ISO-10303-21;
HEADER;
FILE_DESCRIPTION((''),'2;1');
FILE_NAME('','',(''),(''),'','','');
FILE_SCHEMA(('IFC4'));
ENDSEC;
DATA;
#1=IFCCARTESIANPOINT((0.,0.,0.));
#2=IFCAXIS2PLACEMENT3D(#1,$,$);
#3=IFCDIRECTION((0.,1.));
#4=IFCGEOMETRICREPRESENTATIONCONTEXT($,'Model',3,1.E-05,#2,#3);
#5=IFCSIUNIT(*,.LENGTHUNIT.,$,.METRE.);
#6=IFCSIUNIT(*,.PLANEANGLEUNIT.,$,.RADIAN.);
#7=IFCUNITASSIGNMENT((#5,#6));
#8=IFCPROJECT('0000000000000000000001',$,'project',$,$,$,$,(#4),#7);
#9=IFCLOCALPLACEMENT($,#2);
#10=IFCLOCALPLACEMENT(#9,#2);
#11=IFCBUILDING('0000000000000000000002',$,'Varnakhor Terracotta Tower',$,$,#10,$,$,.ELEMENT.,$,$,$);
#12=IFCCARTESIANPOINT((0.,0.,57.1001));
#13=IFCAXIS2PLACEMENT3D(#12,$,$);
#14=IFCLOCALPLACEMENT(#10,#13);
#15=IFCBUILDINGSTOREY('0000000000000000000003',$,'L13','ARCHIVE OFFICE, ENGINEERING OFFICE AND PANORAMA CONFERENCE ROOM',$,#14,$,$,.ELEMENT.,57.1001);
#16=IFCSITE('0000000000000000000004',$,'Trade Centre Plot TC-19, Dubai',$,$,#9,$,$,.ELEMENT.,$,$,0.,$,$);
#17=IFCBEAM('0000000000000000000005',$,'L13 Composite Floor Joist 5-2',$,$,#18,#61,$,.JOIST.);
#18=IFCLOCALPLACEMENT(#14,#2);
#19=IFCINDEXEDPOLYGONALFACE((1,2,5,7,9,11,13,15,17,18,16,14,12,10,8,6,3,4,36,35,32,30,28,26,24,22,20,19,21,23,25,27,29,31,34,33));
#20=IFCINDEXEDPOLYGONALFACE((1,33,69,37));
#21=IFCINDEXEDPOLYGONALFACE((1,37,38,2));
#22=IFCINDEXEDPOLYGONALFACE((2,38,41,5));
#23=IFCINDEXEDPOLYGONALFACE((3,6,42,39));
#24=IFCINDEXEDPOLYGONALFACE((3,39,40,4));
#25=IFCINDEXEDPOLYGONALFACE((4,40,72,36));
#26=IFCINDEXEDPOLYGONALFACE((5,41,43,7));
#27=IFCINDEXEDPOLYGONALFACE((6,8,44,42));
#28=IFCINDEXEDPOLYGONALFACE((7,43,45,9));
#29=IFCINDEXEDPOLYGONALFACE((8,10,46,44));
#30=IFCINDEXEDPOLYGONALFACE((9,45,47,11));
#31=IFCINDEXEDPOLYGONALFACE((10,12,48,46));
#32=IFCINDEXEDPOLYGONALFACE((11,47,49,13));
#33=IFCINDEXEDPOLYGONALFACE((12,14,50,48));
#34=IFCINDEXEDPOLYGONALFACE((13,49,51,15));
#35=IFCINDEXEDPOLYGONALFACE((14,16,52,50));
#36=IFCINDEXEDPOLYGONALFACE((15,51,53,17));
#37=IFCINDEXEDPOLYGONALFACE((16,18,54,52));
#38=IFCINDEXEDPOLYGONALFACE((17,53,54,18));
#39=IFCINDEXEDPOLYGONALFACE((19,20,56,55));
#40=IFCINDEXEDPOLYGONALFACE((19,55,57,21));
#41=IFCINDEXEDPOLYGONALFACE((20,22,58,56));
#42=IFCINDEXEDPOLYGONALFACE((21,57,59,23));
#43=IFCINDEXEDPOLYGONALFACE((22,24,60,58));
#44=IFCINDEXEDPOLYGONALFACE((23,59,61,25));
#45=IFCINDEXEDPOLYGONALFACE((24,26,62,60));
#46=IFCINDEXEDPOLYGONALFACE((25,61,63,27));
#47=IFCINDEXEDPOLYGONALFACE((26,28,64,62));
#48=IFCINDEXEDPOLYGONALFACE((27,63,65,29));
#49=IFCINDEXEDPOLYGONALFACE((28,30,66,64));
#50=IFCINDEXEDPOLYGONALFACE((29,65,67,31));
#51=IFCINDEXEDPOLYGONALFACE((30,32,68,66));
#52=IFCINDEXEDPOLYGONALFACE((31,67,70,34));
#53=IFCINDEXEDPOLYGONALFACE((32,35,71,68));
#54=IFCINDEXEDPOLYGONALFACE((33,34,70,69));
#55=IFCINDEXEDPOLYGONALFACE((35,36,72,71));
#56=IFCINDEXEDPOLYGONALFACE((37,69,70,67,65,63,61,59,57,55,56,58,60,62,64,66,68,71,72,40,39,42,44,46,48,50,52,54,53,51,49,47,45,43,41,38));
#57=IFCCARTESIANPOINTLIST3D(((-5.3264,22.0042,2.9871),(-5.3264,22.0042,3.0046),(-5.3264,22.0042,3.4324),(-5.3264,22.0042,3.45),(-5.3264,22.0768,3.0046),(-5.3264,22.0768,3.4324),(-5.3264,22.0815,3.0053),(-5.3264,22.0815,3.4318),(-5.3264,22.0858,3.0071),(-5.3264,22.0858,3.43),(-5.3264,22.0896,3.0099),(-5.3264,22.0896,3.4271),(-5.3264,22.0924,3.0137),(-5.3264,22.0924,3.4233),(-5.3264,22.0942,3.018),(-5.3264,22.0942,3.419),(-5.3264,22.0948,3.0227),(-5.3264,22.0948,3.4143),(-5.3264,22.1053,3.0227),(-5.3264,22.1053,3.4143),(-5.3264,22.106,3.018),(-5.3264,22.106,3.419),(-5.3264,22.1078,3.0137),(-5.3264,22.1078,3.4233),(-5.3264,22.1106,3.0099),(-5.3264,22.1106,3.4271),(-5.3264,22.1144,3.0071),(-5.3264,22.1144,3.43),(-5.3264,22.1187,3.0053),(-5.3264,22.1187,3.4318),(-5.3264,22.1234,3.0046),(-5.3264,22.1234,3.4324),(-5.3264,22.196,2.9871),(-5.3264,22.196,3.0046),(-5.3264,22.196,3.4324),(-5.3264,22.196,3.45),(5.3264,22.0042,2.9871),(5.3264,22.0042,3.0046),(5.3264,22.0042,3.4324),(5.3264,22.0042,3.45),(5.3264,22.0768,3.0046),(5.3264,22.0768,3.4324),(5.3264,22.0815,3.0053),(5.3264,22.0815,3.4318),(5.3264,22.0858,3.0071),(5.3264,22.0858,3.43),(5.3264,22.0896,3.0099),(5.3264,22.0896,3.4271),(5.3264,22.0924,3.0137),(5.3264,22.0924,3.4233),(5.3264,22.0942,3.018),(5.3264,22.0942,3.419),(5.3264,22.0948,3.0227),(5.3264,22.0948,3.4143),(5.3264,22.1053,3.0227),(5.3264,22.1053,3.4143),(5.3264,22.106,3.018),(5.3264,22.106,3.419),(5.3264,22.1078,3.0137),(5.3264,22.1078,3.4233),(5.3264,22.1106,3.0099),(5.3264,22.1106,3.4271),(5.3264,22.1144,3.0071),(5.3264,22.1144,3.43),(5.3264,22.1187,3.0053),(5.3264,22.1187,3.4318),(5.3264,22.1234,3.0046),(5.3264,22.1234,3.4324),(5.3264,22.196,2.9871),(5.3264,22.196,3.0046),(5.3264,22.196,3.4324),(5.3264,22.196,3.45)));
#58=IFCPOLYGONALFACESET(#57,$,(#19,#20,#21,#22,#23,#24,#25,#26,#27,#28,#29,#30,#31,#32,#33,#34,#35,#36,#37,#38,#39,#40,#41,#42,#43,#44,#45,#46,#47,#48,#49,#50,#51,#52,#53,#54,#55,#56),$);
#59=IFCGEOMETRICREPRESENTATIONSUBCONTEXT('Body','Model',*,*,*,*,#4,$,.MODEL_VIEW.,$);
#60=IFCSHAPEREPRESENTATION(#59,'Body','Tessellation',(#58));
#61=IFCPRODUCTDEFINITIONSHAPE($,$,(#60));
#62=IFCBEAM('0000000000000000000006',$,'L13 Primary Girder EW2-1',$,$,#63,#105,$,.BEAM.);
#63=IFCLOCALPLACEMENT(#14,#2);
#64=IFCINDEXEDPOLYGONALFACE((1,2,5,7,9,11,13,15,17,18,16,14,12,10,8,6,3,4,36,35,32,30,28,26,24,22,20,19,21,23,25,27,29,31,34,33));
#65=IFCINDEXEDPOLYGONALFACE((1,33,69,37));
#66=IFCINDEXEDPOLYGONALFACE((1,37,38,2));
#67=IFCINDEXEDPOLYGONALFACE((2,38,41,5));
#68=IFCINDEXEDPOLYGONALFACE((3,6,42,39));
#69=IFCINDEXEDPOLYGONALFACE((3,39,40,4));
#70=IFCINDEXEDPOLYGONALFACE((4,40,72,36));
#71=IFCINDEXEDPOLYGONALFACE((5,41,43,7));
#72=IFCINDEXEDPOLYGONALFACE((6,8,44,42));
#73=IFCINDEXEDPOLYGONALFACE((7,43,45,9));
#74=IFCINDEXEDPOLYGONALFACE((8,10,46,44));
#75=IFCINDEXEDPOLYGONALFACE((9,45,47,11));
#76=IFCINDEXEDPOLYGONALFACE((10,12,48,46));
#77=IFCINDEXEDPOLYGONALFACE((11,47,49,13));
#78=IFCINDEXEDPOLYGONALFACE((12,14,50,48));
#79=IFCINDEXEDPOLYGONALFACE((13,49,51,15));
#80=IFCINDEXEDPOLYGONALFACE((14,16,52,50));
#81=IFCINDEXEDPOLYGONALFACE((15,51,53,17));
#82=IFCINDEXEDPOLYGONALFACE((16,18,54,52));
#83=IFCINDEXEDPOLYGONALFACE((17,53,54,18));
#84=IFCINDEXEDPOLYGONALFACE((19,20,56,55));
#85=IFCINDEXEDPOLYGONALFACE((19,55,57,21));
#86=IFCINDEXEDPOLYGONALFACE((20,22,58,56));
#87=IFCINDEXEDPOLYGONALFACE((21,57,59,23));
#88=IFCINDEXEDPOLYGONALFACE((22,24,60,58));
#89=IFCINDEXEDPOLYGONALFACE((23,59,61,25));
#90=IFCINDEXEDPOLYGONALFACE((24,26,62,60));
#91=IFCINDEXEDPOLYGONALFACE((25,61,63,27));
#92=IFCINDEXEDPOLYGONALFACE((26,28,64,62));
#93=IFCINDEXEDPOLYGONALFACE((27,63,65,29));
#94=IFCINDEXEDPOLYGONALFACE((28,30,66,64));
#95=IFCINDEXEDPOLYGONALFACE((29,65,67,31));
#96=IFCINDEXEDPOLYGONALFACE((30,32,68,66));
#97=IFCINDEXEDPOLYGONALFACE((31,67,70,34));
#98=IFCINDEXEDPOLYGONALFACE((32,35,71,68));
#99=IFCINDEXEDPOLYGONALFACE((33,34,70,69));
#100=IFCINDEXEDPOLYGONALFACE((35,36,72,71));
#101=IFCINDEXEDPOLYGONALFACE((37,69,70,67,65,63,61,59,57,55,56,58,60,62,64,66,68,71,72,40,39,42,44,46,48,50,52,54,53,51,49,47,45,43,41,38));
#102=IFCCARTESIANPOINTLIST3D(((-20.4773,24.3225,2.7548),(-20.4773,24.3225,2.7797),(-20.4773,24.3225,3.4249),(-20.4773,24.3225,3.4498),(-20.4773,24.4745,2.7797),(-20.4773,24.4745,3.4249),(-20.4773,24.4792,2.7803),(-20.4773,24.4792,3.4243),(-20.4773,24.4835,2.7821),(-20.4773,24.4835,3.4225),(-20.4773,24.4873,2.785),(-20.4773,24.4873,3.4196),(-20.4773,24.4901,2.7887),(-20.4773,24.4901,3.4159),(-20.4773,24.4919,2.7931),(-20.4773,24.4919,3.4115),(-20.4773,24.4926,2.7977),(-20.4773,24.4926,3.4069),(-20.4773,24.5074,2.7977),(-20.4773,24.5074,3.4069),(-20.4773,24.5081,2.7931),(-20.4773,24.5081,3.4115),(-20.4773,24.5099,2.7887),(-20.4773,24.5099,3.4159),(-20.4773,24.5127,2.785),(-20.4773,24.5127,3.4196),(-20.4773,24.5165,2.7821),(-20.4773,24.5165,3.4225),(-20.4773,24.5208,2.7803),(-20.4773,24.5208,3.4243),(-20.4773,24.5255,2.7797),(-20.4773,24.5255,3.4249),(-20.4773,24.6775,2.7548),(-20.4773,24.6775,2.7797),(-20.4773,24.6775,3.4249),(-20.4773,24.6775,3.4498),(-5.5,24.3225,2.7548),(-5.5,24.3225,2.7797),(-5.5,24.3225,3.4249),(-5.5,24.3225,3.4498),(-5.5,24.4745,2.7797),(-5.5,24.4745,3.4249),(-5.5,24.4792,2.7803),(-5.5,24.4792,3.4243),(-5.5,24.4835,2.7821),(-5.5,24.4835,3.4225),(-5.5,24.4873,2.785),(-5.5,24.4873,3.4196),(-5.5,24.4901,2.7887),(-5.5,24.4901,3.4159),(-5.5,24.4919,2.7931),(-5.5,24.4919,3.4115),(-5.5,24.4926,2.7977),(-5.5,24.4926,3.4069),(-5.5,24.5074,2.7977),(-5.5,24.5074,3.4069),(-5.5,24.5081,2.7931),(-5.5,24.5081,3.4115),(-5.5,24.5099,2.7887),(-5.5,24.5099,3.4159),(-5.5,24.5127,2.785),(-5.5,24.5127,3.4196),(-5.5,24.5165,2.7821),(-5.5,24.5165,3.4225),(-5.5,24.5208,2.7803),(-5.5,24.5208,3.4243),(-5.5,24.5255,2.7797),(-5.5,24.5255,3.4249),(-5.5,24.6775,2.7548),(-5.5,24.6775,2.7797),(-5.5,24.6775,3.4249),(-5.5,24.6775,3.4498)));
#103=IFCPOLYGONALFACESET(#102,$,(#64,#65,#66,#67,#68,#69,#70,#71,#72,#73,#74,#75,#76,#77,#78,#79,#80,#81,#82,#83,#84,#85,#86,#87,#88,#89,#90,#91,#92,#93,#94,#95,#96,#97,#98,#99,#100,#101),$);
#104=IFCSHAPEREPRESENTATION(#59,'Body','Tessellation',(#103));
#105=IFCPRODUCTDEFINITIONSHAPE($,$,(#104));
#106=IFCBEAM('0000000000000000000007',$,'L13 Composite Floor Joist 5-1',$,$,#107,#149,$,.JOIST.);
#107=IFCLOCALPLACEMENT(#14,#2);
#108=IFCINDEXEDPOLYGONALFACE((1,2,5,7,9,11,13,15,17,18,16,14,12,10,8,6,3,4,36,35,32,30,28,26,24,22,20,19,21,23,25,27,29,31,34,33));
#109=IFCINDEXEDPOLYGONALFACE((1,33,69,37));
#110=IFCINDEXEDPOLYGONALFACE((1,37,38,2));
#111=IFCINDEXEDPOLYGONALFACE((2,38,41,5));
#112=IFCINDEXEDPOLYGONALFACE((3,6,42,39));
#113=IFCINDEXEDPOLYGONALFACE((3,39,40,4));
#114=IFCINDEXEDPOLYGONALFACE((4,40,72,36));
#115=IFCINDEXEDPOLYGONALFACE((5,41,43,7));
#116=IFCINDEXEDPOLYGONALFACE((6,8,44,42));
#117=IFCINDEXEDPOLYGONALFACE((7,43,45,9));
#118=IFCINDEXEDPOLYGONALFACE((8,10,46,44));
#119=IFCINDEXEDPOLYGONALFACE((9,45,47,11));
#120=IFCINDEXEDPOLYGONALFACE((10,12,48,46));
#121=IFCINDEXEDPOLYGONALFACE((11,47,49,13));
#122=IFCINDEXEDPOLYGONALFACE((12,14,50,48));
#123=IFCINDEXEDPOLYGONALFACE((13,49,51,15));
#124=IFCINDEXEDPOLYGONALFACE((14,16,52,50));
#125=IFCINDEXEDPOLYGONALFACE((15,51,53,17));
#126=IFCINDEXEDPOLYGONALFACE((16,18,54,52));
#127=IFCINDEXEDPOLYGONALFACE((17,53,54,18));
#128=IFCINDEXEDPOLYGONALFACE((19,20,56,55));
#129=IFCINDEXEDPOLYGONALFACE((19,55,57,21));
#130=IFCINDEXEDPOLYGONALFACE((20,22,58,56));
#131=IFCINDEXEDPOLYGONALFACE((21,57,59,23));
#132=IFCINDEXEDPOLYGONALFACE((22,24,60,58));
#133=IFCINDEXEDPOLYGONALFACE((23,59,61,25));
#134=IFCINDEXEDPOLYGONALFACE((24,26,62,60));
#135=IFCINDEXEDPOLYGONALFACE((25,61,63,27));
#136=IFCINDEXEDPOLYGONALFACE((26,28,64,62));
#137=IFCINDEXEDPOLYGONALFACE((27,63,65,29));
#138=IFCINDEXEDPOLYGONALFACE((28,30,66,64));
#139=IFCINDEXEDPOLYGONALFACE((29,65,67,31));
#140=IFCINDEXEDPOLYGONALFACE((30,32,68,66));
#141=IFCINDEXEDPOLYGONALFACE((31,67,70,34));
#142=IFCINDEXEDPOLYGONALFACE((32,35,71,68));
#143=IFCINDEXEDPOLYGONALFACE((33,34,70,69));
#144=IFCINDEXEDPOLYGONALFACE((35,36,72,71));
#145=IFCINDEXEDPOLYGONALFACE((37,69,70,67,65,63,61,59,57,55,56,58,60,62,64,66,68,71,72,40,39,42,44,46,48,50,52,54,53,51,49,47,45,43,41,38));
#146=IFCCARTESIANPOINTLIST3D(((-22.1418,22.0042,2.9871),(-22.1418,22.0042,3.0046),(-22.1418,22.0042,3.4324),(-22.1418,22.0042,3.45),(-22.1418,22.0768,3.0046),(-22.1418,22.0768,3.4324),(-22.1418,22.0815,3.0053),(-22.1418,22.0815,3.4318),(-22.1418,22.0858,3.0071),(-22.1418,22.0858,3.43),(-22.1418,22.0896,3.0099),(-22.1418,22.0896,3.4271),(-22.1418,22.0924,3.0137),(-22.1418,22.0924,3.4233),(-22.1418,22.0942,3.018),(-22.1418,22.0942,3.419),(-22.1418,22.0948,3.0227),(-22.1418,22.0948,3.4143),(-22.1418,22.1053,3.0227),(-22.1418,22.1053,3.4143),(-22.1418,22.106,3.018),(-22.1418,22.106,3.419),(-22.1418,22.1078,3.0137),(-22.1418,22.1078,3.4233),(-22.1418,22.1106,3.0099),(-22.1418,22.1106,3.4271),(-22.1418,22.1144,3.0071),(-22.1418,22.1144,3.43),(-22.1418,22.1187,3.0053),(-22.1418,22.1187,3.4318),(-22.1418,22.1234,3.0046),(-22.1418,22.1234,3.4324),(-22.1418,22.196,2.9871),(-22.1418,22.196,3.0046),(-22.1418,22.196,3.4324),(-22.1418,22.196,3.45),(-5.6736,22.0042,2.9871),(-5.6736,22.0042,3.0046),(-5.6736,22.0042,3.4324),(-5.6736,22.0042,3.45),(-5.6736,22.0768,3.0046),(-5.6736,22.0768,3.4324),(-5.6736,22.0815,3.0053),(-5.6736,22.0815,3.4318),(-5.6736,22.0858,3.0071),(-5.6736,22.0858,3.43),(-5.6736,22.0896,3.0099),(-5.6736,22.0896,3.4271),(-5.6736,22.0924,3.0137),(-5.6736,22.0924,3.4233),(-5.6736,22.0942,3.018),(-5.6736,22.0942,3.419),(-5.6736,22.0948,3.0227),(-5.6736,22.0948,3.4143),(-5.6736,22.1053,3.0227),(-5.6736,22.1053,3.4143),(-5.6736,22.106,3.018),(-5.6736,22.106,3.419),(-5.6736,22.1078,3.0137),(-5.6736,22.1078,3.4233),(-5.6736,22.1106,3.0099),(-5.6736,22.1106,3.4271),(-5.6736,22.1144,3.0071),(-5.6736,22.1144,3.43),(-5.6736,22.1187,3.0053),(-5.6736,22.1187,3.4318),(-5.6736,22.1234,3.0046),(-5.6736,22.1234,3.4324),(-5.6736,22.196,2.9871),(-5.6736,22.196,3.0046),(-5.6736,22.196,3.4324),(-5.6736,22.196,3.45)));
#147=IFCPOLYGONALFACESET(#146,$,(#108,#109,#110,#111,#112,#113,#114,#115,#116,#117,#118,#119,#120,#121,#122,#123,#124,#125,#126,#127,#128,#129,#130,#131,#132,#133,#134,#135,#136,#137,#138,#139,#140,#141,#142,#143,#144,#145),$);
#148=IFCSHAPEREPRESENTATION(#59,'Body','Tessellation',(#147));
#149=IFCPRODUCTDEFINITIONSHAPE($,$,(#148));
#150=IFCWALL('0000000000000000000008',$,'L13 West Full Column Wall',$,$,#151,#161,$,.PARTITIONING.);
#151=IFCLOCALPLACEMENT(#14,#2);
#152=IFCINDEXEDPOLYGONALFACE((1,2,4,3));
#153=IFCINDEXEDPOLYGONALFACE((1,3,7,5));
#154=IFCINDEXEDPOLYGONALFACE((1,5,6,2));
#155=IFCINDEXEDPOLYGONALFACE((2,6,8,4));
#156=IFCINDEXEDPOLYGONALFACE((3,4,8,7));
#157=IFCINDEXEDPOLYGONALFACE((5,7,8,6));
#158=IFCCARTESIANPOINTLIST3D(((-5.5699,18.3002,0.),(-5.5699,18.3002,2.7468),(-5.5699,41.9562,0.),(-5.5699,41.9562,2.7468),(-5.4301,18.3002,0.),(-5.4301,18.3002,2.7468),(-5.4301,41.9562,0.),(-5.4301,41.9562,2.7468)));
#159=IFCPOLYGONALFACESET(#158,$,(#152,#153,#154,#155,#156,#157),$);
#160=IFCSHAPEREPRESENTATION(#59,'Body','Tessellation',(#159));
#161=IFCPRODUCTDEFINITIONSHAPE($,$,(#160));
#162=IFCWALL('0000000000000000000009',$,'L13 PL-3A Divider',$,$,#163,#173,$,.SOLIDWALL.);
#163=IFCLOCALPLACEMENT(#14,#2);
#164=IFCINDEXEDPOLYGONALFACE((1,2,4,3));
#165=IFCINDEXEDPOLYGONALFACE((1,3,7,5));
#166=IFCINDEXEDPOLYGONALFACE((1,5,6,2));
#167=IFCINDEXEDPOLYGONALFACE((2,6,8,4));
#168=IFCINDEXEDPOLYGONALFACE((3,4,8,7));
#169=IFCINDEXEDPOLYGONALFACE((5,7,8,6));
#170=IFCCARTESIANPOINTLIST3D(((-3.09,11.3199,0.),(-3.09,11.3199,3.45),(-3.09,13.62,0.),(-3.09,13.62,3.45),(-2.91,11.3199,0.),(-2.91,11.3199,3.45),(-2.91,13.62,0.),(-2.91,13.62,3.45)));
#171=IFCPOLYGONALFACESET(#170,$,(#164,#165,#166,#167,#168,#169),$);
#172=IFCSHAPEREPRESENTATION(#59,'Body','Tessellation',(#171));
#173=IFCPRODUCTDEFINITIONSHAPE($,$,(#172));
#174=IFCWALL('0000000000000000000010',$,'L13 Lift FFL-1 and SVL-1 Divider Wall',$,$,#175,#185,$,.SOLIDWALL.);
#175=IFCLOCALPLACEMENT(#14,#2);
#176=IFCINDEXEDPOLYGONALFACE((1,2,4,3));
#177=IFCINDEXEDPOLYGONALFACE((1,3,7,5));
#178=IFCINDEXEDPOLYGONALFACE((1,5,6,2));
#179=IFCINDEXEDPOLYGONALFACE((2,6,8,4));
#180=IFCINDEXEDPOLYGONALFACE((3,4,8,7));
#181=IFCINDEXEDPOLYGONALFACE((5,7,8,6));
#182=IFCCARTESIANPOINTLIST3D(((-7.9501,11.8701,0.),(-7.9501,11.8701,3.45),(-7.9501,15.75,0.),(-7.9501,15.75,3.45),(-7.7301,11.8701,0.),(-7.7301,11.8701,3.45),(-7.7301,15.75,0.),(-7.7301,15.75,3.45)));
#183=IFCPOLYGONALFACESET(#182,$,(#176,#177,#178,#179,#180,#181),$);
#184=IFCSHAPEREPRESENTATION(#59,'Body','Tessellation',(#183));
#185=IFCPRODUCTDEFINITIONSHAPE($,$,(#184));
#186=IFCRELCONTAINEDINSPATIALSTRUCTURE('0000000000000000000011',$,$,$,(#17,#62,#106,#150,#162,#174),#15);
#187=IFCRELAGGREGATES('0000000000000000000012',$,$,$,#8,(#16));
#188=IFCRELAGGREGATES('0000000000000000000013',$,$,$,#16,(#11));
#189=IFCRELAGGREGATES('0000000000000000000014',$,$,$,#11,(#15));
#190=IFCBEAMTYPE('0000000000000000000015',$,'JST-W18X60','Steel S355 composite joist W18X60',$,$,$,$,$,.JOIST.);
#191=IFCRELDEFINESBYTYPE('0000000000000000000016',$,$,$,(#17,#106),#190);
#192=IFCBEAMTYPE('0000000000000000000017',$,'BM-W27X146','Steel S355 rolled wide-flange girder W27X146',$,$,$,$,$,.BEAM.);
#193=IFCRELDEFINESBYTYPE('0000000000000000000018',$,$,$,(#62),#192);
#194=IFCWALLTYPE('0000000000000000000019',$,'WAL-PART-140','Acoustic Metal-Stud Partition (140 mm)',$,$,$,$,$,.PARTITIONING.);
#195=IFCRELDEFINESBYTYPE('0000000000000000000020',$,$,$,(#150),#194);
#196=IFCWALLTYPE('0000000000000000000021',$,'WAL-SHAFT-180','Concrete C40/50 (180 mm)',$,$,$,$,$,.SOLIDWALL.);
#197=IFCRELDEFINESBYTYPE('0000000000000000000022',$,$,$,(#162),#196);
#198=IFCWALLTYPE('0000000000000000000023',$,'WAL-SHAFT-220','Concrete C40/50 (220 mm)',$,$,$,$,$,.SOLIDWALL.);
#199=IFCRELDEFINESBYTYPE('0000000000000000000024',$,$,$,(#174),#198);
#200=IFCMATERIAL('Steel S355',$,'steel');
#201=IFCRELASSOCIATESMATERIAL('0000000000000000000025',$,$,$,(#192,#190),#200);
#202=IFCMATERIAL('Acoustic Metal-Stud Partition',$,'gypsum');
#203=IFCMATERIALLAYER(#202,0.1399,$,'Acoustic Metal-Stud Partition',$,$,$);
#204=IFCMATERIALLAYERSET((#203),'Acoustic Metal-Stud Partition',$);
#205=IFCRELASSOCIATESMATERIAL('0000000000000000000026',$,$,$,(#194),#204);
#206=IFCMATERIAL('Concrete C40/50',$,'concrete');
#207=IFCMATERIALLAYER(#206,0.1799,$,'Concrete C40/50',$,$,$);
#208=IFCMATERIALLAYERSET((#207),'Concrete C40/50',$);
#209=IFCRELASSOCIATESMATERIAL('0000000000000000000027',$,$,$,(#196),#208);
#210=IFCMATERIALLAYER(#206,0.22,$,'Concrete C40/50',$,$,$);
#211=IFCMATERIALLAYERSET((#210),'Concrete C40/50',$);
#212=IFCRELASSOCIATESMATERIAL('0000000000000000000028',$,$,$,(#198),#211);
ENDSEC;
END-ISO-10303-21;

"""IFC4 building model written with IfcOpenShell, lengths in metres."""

from ifc_helpers import new_model, si_unit, direction, frame, frame_2d, origin, origin_2d, place, context, subcontext, project, spatial, rectangle, i_section, extrude, source, transform, mapped, material, layer, layer_set, material_profile, profile_set, type_object, element, save


model = new_model("IFC4")

# Units and contexts
model_context = context("Model", 3, precision=1e-05, world=origin(), true_north=direction((0.0, 1.0)))
body_context = subcontext(model_context, "Body", "Model", "MODEL_VIEW")
ifc_project = project(units=[si_unit("LENGTHUNIT", "METRE"), si_unit("PLANEANGLEUNIT", "RADIAN")], contexts=[model_context])

# Site, building, storey
site_placement = place(None, origin())
site = spatial("IfcSite", under=ifc_project, at=site_placement, Name="Trade Centre Plot TC-19, Dubai", CompositionType="ELEMENT", RefElevation=0.0)
building_placement = place(site_placement, origin())
building = spatial("IfcBuilding", under=site, at=building_placement, Name="Varnakhor Terracotta Tower", CompositionType="ELEMENT")
storey_placement = place(building_placement, frame((0.0, 0.0, 57.1001)))
storey = spatial("IfcBuildingStorey", under=building, at=storey_placement, Name="L13", Description="ARCHIVE OFFICE, ENGINEERING OFFICE AND PANORAMA CONFERENCE ROOM", CompositionType="ELEMENT", Elevation=57.1001)

# Beams
ifc_material_1 = material(Name="Steel S355", Category="steel")
ifc_material_profile_1 = material_profile(ifc_material_1, i_section(OverallWidth=0.355, OverallDepth=0.6951, WebThickness=0.0149, FlangeThickness=0.0249, FilletRadius=0.0181, at=origin_2d()), Name="W27X146")
ifc_profile_set_1 = profile_set([ifc_material_profile_1], Name="Steel S355")
beam_type_1 = type_object("IfcBeamType", Name="BM-W27X146", Description="Steel S355 rolled wide-flange girder W27X146", PredefinedType="BEAM", material=ifc_profile_set_1)
ifc_material_profile_2 = material_profile(ifc_material_1, i_section(OverallWidth=0.1919, OverallDepth=0.4629, WebThickness=0.0105, FlangeThickness=0.0176, FilletRadius=0.0181, at=origin_2d()), Name="W18X60")
ifc_profile_set_2 = profile_set([ifc_material_profile_2], Name="Steel S355")
beam_type_2 = type_object("IfcBeamType", Name="JST-W18X60", Description="Steel S355 composite joist W18X60", PredefinedType="JOIST", material=ifc_profile_set_2)
shared_shape_1 = source(origin(), body_context, "Body", "SweptSolid", [
    extrude(i_section(OverallWidth=0.1919, OverallDepth=0.4629, WebThickness=0.0105, FlangeThickness=0.0176, FilletRadius=0.0181, at=origin_2d()), origin(), (0.0, 0.0, 1.0), 10.6528),
])
for number, where, z_axis, x_axis, name in (
    (1, (-5.3264, 22.1001, 3.2185), (1.0, 0.0, 0.0), (0.0, 1.0, 0.0), "L13 Composite Floor Joist 5-2"),
):
    element("IfcBeam", number, at=place(storey_placement, frame(where, z_axis=z_axis, x_axis=x_axis)), inside=storey, type_object=beam_type_2, Name=name, PredefinedType="JOIST", context=body_context, shape_type="MappedRepresentation", body=[
        mapped(shared_shape_1, transform((0.0, 0.0, 0.0), scale=1.0)),
    ])
shared_shape_2 = source(origin(), body_context, "Body", "SweptSolid", [
    extrude(i_section(OverallWidth=0.355, OverallDepth=0.6951, WebThickness=0.0149, FlangeThickness=0.0249, FilletRadius=0.0181, at=origin_2d()), origin(), (0.0, 0.0, 1.0), 14.9773),
])
beam_1_placement = place(storey_placement, frame((-20.4773, 24.5, 3.1023), z_axis=(1.0, 0.0, 0.0), x_axis=(0.0, 1.0, 0.0)))
element("IfcBeam", 2, at=beam_1_placement, inside=storey, type_object=beam_type_1, Name="L13 Primary Girder EW2-1", PredefinedType="BEAM", context=body_context, shape_type="MappedRepresentation", body=[
    mapped(shared_shape_2, transform((0.0, 0.0, 0.0), scale=1.0)),
])
shared_shape_3 = source(origin(), body_context, "Body", "SweptSolid", [
    extrude(i_section(OverallWidth=0.1919, OverallDepth=0.4629, WebThickness=0.0105, FlangeThickness=0.0176, FilletRadius=0.0181, at=origin_2d()), origin(), (0.0, 0.0, 1.0), 16.4683),
])
beam_2_placement = place(storey_placement, frame((-22.1418, 22.1001, 3.2185), z_axis=(1.0, 0.0, 0.0), x_axis=(0.0, 1.0, 0.0)))
element("IfcBeam", 3, at=beam_2_placement, inside=storey, type_object=beam_type_2, Name="L13 Composite Floor Joist 5-1", PredefinedType="JOIST", context=body_context, shape_type="MappedRepresentation", body=[
    mapped(shared_shape_3, transform((0.0, 0.0, 0.0), scale=1.0)),
])

# Walls
ifc_material_2 = material(Name="Acoustic Metal-Stud Partition", Category="gypsum")
ifc_layer_1 = layer(ifc_material_2, 0.1399, Name="Acoustic Metal-Stud Partition")
ifc_layer_set_1 = layer_set([ifc_layer_1], Name="Acoustic Metal-Stud Partition")
wall_type_1 = type_object("IfcWallType", Name="WAL-PART-140", Description="Acoustic Metal-Stud Partition (140 mm)", PredefinedType="PARTITIONING", material=ifc_layer_set_1)
wall_1_placement = place(storey_placement, frame((-5.5, 18.3, 0.0), z_axis=(0.0, 0.0, 1.0), x_axis=(0.0, 1.0, 0.0)))
element("IfcWall", 4, at=wall_1_placement, inside=storey, type_object=wall_type_1, Name="L13 West Full Column Wall", PredefinedType="PARTITIONING", context=body_context, shape_type="SweptSolid", body=[
    extrude(rectangle(XDim=23.656, YDim=0.1399, at=frame_2d((11.8281, 0.0))), origin(), (0.0, 0.0, 1.0), 2.7468),
])
ifc_material_3 = material(Name="Concrete C40/50", Category="concrete")
ifc_layer_2 = layer(ifc_material_3, 0.1799, Name="Concrete C40/50")
ifc_layer_set_2 = layer_set([ifc_layer_2], Name="Concrete C40/50")
wall_type_2 = type_object("IfcWallType", Name="WAL-SHAFT-180", Description="Concrete C40/50 (180 mm)", PredefinedType="SOLIDWALL", material=ifc_layer_set_2)
wall_2_placement = place(storey_placement, frame((-3.0, 11.3201, 0.0), z_axis=(0.0, 0.0, 1.0), x_axis=(0.0, 1.0, 0.0)))
element("IfcWall", 5, at=wall_2_placement, inside=storey, type_object=wall_type_2, Name="L13 PL-3A Divider", PredefinedType="SOLIDWALL", context=body_context, shape_type="SweptSolid", body=[
    extrude(rectangle(XDim=2.3, YDim=0.1799, at=frame_2d((1.1499, 0.0))), origin(), (0.0, 0.0, 1.0), 3.45),
])
ifc_layer_3 = layer(ifc_material_3, 0.22, Name="Concrete C40/50")
ifc_layer_set_3 = layer_set([ifc_layer_3], Name="Concrete C40/50")
wall_type_3 = type_object("IfcWallType", Name="WAL-SHAFT-220", Description="Concrete C40/50 (220 mm)", PredefinedType="SOLIDWALL", material=ifc_layer_set_3)
wall_3_placement = place(storey_placement, frame((-7.8401, 11.8701, 0.0), z_axis=(0.0, 0.0, 1.0), x_axis=(0.0, 1.0, 0.0)))
element("IfcWall", 6, at=wall_3_placement, inside=storey, type_object=wall_type_3, Name="L13 Lift FFL-1 and SVL-1 Divider Wall", PredefinedType="SOLIDWALL", context=body_context, shape_type="SweptSolid", body=[
    extrude(rectangle(XDim=3.8799, YDim=0.22, at=frame_2d((1.9399, 0.0))), origin(), (0.0, 0.0, 1.0), 3.45),
])

save(model, "model.ifc")
